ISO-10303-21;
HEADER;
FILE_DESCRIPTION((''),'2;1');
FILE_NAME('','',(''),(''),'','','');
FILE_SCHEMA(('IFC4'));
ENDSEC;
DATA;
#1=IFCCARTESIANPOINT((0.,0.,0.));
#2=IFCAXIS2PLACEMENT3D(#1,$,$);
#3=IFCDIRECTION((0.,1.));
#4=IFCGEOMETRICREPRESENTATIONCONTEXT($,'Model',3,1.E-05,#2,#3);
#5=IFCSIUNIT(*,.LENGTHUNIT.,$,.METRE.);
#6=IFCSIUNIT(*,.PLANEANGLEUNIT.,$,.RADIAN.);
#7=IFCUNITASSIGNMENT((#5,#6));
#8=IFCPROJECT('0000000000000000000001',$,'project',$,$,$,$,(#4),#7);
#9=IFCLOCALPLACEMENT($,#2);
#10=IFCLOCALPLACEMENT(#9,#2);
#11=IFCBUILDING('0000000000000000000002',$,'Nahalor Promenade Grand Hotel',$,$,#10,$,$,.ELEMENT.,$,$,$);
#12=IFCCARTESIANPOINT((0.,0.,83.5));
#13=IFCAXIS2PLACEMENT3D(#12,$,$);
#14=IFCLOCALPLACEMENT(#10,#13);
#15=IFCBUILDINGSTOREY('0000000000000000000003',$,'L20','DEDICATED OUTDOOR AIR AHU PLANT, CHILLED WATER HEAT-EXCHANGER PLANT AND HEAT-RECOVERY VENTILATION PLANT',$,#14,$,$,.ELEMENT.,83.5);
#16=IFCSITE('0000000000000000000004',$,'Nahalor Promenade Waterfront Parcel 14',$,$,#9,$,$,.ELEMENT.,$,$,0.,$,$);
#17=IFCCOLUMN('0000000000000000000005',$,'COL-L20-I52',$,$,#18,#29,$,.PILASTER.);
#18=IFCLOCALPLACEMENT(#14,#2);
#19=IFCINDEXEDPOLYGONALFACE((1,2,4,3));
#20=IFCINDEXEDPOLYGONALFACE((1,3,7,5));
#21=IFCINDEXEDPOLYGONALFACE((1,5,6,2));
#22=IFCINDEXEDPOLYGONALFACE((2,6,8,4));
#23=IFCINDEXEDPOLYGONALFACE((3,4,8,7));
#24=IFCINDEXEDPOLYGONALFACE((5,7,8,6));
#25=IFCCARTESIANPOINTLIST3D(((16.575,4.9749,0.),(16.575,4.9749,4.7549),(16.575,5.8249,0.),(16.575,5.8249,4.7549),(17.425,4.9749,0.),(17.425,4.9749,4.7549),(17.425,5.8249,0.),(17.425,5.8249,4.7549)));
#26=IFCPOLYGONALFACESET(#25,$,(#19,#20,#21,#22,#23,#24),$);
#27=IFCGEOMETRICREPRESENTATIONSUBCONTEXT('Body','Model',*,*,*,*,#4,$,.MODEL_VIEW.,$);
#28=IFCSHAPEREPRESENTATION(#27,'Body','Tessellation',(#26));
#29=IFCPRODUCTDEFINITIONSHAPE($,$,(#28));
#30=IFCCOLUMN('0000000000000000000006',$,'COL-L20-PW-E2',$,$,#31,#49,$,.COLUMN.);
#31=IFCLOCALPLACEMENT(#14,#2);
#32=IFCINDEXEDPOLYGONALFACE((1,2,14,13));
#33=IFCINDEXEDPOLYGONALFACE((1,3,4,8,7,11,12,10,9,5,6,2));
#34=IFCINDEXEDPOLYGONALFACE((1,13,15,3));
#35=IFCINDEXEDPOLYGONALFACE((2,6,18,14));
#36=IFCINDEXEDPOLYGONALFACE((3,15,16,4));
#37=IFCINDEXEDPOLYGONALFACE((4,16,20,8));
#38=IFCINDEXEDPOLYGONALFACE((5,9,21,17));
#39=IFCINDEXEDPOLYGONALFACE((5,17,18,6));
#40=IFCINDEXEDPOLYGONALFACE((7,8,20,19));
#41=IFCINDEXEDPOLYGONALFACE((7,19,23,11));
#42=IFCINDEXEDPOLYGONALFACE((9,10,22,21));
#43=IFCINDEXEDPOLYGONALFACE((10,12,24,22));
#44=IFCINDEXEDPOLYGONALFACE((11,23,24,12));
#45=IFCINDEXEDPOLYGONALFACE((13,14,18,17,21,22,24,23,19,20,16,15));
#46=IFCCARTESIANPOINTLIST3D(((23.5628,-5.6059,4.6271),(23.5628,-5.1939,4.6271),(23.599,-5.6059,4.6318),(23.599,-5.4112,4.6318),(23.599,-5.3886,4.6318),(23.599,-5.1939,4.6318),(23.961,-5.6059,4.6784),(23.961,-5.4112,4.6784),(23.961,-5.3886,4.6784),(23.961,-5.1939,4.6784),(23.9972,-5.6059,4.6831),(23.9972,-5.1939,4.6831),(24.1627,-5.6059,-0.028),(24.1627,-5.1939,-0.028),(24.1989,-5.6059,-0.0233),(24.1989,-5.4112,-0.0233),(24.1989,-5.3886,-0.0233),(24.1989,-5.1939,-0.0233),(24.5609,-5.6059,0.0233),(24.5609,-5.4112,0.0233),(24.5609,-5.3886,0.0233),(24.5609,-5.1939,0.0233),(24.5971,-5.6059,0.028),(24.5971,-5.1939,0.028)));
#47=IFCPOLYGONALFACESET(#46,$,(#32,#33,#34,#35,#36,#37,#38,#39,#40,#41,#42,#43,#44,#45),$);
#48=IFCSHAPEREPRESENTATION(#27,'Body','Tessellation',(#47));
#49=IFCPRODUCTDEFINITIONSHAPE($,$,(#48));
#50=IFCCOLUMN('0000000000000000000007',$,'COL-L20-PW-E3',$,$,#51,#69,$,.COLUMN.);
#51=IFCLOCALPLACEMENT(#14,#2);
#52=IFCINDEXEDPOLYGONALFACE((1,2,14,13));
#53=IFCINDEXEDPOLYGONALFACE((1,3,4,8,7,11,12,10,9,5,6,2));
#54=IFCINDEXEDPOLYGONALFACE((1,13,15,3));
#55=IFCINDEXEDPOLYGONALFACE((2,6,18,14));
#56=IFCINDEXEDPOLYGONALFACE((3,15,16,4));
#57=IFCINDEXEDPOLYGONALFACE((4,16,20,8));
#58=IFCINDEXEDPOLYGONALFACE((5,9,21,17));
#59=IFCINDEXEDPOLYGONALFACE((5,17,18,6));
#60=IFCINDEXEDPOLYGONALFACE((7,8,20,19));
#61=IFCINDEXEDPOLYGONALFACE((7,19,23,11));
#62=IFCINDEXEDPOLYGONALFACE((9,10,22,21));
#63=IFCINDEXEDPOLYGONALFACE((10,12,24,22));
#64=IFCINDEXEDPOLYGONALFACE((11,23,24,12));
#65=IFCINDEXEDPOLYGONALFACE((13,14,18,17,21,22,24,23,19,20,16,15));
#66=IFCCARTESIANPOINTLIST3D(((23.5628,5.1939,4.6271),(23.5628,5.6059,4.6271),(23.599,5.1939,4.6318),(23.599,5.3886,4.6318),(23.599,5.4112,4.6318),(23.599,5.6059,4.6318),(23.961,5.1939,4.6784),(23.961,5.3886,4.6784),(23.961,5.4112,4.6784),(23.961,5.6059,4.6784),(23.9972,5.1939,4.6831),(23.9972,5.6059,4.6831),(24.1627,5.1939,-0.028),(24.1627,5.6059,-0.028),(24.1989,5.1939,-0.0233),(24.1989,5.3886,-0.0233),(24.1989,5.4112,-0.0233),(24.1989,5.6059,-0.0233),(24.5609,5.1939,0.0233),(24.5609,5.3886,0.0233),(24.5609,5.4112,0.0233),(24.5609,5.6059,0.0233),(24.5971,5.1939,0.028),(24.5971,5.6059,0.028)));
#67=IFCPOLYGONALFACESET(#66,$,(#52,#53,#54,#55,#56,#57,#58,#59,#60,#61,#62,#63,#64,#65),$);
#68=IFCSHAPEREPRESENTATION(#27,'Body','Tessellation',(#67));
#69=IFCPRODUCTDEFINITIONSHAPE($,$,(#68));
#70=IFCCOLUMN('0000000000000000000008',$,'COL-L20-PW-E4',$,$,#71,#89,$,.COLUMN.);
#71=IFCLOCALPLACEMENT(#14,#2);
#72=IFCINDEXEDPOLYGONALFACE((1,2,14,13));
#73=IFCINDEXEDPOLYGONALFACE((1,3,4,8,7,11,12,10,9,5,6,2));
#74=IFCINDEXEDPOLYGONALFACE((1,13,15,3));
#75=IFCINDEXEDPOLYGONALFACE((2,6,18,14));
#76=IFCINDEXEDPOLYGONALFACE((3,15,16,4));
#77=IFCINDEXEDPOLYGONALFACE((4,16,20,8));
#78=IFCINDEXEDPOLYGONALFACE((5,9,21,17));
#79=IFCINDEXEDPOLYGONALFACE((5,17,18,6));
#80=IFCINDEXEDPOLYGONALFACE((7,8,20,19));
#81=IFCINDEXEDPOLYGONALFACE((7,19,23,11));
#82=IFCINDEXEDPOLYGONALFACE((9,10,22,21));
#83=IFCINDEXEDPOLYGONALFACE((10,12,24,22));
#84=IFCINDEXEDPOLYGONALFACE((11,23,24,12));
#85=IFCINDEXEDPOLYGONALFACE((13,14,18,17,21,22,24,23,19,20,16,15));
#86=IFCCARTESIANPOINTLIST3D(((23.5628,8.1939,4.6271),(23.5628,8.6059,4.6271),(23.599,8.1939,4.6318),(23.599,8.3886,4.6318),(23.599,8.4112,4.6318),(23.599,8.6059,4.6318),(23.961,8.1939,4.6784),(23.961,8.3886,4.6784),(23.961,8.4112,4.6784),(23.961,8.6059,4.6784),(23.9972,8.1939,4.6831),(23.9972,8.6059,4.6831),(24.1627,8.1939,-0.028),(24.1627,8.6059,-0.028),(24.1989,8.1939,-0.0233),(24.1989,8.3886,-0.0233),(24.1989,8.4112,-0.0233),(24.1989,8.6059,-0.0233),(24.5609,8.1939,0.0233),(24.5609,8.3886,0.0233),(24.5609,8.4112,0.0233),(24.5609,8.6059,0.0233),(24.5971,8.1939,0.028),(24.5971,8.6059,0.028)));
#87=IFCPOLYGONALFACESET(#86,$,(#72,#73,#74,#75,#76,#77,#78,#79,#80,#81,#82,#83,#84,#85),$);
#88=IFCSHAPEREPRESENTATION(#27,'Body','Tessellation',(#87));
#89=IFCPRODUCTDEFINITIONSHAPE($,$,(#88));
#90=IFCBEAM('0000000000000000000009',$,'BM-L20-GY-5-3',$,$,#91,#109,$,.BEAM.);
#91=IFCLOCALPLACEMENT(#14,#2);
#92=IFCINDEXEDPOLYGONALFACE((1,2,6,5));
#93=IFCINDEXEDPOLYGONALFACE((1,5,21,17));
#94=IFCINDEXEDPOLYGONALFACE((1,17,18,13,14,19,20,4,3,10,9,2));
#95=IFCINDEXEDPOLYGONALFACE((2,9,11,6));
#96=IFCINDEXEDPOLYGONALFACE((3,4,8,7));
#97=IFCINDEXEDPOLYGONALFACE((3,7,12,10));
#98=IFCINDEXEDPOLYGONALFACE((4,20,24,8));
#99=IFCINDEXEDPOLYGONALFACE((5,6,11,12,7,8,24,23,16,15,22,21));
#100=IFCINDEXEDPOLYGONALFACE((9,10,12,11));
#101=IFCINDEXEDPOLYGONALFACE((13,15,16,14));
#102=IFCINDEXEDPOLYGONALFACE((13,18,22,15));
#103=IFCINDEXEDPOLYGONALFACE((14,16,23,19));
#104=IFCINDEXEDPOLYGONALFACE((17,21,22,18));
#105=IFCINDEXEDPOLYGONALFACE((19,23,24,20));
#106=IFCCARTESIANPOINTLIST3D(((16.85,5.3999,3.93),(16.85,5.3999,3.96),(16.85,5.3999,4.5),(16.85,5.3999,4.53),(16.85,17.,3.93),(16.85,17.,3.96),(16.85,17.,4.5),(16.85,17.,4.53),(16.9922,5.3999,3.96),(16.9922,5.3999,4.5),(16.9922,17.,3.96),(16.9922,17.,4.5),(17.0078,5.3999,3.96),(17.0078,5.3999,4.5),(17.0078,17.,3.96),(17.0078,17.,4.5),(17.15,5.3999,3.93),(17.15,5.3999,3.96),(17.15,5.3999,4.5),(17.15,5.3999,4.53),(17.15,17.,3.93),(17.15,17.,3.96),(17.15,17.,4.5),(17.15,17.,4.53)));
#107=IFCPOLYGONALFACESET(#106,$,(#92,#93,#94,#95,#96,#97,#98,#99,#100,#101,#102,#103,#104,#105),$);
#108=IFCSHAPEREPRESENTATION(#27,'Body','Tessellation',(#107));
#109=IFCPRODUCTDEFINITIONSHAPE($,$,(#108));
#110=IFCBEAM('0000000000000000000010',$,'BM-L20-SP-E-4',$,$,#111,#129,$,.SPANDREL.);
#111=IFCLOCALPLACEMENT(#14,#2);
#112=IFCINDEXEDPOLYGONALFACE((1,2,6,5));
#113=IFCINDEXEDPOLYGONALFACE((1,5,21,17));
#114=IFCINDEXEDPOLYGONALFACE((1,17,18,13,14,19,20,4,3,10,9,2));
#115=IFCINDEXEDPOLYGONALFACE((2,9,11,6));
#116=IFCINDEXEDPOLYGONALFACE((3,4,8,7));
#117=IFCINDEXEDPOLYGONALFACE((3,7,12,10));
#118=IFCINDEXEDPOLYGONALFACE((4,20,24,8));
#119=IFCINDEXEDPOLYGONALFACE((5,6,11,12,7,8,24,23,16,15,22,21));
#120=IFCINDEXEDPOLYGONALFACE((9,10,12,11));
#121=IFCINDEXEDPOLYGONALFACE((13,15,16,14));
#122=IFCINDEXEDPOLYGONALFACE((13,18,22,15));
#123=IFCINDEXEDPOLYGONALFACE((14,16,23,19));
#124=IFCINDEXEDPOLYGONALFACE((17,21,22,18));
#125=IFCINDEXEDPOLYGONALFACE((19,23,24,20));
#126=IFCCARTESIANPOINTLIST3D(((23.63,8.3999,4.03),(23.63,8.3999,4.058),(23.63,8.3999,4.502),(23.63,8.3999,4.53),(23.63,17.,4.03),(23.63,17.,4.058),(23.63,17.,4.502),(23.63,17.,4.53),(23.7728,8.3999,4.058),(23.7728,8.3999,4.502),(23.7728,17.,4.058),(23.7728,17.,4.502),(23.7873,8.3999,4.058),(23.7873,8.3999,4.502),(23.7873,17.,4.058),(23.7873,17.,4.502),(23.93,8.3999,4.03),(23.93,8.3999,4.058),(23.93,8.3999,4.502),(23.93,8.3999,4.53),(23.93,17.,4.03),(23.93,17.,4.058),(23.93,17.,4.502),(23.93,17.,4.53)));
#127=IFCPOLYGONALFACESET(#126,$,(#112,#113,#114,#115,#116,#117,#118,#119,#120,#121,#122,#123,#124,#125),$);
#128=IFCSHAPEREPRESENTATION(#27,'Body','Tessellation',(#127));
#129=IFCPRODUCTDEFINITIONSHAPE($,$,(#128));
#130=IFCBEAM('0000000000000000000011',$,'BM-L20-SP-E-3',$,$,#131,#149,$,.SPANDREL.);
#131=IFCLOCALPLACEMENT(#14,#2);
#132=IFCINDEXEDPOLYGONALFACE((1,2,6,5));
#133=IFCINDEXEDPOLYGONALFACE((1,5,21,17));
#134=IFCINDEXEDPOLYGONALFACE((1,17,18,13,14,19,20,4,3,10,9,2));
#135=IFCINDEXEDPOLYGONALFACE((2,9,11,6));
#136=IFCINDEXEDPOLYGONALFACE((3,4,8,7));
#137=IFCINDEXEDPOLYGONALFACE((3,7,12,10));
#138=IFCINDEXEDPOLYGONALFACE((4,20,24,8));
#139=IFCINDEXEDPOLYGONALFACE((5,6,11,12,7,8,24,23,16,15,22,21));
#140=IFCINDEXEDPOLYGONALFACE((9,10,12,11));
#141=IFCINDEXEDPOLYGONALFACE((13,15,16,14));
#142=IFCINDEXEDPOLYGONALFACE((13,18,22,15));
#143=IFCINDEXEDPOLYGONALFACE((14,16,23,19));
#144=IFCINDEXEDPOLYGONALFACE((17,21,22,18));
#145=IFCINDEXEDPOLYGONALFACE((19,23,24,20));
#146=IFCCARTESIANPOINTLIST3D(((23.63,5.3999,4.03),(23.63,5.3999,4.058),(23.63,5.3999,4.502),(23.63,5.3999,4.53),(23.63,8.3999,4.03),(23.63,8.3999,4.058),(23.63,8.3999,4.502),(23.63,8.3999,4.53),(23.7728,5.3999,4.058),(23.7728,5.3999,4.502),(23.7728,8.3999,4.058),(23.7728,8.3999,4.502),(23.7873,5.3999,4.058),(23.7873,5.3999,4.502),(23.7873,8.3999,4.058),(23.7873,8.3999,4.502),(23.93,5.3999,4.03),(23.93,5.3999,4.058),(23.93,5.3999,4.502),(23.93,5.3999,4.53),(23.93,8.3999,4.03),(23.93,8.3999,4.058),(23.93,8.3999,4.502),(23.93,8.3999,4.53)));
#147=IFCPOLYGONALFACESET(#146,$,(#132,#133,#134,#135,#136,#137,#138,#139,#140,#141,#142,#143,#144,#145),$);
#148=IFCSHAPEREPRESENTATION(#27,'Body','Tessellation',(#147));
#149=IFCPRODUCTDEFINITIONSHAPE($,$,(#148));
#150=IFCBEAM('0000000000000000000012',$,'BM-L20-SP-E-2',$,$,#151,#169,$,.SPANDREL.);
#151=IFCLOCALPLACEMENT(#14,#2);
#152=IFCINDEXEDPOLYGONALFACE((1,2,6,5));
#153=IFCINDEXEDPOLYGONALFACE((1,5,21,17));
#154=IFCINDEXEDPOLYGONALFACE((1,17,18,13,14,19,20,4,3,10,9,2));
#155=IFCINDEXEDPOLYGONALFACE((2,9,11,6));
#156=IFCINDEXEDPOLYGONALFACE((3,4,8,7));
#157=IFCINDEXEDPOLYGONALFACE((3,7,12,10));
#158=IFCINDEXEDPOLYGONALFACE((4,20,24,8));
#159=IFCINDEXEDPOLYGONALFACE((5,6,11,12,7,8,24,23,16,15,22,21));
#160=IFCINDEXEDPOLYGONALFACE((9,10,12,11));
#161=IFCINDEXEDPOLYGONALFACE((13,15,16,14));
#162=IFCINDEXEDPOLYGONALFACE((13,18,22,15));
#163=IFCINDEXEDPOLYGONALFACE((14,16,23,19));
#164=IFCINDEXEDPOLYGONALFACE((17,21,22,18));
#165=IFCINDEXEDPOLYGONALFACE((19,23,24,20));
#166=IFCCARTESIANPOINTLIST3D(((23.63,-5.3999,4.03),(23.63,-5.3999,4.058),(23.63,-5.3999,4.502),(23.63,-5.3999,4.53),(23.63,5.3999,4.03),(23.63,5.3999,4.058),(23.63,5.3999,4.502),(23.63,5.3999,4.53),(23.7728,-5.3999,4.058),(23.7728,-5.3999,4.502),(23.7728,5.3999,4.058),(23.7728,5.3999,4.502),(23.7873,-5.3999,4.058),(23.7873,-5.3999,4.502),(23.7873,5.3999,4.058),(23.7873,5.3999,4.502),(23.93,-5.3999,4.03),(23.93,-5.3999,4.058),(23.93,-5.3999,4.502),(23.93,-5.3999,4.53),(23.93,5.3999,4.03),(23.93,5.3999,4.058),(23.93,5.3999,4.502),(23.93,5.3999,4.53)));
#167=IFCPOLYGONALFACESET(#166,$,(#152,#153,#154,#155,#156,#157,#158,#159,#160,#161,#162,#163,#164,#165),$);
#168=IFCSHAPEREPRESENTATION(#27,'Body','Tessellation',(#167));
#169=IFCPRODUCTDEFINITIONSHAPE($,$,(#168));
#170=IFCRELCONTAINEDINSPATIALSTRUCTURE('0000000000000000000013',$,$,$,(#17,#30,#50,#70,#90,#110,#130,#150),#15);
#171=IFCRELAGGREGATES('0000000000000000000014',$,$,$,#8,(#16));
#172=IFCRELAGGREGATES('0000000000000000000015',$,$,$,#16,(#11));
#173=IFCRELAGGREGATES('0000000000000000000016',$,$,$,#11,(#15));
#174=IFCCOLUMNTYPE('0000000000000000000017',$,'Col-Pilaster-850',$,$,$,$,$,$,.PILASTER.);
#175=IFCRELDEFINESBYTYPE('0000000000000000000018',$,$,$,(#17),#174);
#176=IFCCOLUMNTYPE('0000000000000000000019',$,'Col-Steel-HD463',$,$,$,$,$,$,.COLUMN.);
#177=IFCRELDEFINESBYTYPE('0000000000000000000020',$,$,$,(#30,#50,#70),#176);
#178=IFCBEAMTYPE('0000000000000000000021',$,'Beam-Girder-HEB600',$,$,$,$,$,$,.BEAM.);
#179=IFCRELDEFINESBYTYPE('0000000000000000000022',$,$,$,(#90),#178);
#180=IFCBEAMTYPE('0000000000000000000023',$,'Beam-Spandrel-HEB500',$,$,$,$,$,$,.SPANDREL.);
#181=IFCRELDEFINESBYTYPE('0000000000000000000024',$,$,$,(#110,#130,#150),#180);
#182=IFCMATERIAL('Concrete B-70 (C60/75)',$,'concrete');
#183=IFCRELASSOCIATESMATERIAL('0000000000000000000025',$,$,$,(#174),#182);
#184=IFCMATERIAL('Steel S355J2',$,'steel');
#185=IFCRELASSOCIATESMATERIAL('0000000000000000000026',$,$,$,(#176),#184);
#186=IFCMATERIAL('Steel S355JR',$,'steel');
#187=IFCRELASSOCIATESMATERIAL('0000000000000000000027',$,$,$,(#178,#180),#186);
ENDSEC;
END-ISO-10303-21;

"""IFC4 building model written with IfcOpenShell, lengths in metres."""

from ifc_helpers import new_model, si_unit, direction, frame, origin, origin_2d, place, context, subcontext, project, spatial, rectangle, i_section, extrude, source, transform, mapped, material, material_profile, profile_set, type_object, element, save


model = new_model("IFC4")

# Units and contexts
model_context = context("Model", 3, precision=1e-05, world=origin(), true_north=direction((0.0, 1.0)))
body_context = subcontext(model_context, "Body", "Model", "MODEL_VIEW")
ifc_project = project(units=[si_unit("LENGTHUNIT", "METRE"), si_unit("PLANEANGLEUNIT", "RADIAN")], contexts=[model_context])

# Site, building, storey
site_placement = place(None, origin())
site = spatial("IfcSite", under=ifc_project, at=site_placement, Name="Nahalor Promenade Waterfront Parcel 14", CompositionType="ELEMENT", RefElevation=0.0)
building_placement = place(site_placement, origin())
building = spatial("IfcBuilding", under=site, at=building_placement, Name="Nahalor Promenade Grand Hotel", CompositionType="ELEMENT")
storey_placement = place(building_placement, frame((0.0, 0.0, 83.5)))
storey = spatial("IfcBuildingStorey", under=building, at=storey_placement, Name="L20", Description="DEDICATED OUTDOOR AIR AHU PLANT, CHILLED WATER HEAT-EXCHANGER PLANT AND HEAT-RECOVERY VENTILATION PLANT", CompositionType="ELEMENT", Elevation=83.5)

# Columns
ifc_material_1 = material(Name="Concrete B-70 (C60/75)", Category="concrete")
ifc_material_profile_1 = material_profile(ifc_material_1, rectangle(XDim=0.85, YDim=0.85, at=origin_2d()), Name="RC 850x850")
ifc_profile_set_1 = profile_set([ifc_material_profile_1], Name="Concrete B-70 (C60/75)")
column_type_1 = type_object("IfcColumnType", Name="Col-Pilaster-850", PredefinedType="PILASTER", material=ifc_profile_set_1)
shared_shape_1 = source(origin(), body_context, "Body", "SweptSolid", [
    extrude(rectangle(XDim=0.85, YDim=0.85, at=origin_2d()), origin(), (0.0, 0.0, 1.0), 4.7549),
])
column_placement = place(storey_placement, frame((17.0, 5.3999, 0.0), z_axis=(0.0, 0.0, 1.0), x_axis=(1.0, 0.0, 0.0)))
element("IfcColumn", 1, at=column_placement, inside=storey, type_object=column_type_1, Name="COL-L20-I52", PredefinedType="PILASTER", context=body_context, shape_type="MappedRepresentation", body=[
    mapped(shared_shape_1, transform((0.0, 0.0, 0.0), scale=1.0)),
])
ifc_material_2 = material(Name="Steel S355J2", Category="steel")
ifc_material_profile_2 = material_profile(ifc_material_2, i_section(OverallWidth=0.412, OverallDepth=0.438, WebThickness=0.0226, FlangeThickness=0.0365, at=origin_2d()), Name="HD 400x463")
ifc_profile_set_2 = profile_set([ifc_material_profile_2], Name="Steel S355J2")
column_type_2 = type_object("IfcColumnType", Name="Col-Steel-HD463", PredefinedType="COLUMN", material=ifc_profile_set_2)
shared_shape_2 = source(origin(), body_context, "Body", "SweptSolid", [
    extrude(i_section(OverallWidth=0.412, OverallDepth=0.438, WebThickness=0.0226, FlangeThickness=0.0365, at=origin_2d()), origin(), (0.0, 0.0, 1.0), 4.6936),
])
for number, where, z_axis, x_axis, name in (
    (2, (24.3799, -5.3999, 0.0), (-0.127805, 0.0, 0.991799), (0.0, -1.0, 0.0), "COL-L20-PW-E2"),
    (3, (24.3799, 5.3999, 0.0), (-0.127805, 0.0, 0.991799), (0.0, -1.0, 0.0), "COL-L20-PW-E3"),
    (4, (24.3799, 8.3999, 0.0), (-0.127805, 0.0, 0.991799), (0.0, -1.0, 0.0), "COL-L20-PW-E4"),
):
    element("IfcColumn", number, at=place(storey_placement, frame(where, z_axis=z_axis, x_axis=x_axis)), inside=storey, type_object=column_type_2, Name=name, PredefinedType="COLUMN", context=body_context, shape_type="MappedRepresentation", body=[
        mapped(shared_shape_2, transform((0.0, 0.0, 0.0), scale=1.0)),
    ])

# Beams
ifc_material_3 = material(Name="Steel S355JR", Category="steel")
ifc_material_profile_3 = material_profile(ifc_material_3, i_section(OverallWidth=0.3, OverallDepth=0.6, WebThickness=0.0155, FlangeThickness=0.03, at=origin_2d()), Name="HEB 600")
ifc_profile_set_3 = profile_set([ifc_material_profile_3], Name="Steel S355JR")
beam_type_1 = type_object("IfcBeamType", Name="Beam-Girder-HEB600", PredefinedType="BEAM", material=ifc_profile_set_3)
shared_shape_3 = source(origin(), body_context, "Body", "SweptSolid", [
    extrude(i_section(OverallWidth=0.3, OverallDepth=0.6, WebThickness=0.0155, FlangeThickness=0.03, at=origin_2d()), origin(), (0.0, 0.0, 1.0), 11.6001),
])
beam_1_placement = place(storey_placement, frame((17.0, 5.3999, 4.23), z_axis=(0.0, 1.0, 0.0), x_axis=(-1.0, 0.0, 0.0)))
element("IfcBeam", 5, at=beam_1_placement, inside=storey, type_object=beam_type_1, Name="BM-L20-GY-5-3", PredefinedType="BEAM", context=body_context, shape_type="MappedRepresentation", body=[
    mapped(shared_shape_3, transform((0.0, 0.0, 0.0), scale=1.0)),
])
ifc_material_profile_4 = material_profile(ifc_material_3, i_section(OverallWidth=0.3, OverallDepth=0.5, WebThickness=0.0145, FlangeThickness=0.028, at=origin_2d()), Name="HEB 500")
ifc_profile_set_4 = profile_set([ifc_material_profile_4], Name="Steel S355JR")
beam_type_2 = type_object("IfcBeamType", Name="Beam-Spandrel-HEB500", PredefinedType="SPANDREL", material=ifc_profile_set_4)
shared_shape_4 = source(origin(), body_context, "Body", "SweptSolid", [
    extrude(i_section(OverallWidth=0.3, OverallDepth=0.5, WebThickness=0.0145, FlangeThickness=0.028, at=origin_2d()), origin(), (0.0, 0.0, 1.0), 8.6001),
])
beam_2_placement = place(storey_placement, frame((23.78, 8.3999, 4.28), z_axis=(0.0, 1.0, 0.0), x_axis=(-1.0, 0.0, 0.0)))
element("IfcBeam", 6, at=beam_2_placement, inside=storey, type_object=beam_type_2, Name="BM-L20-SP-E-4", PredefinedType="SPANDREL", context=body_context, shape_type="MappedRepresentation", body=[
    mapped(shared_shape_4, transform((0.0, 0.0, 0.0), scale=1.0)),
])
shared_shape_5 = source(origin(), body_context, "Body", "SweptSolid", [
    extrude(i_section(OverallWidth=0.3, OverallDepth=0.5, WebThickness=0.0145, FlangeThickness=0.028, at=origin_2d()), origin(), (0.0, 0.0, 1.0), 3.0),
])
beam_3_placement = place(storey_placement, frame((23.78, 5.3999, 4.28), z_axis=(0.0, 1.0, 0.0), x_axis=(-1.0, 0.0, 0.0)))
element("IfcBeam", 7, at=beam_3_placement, inside=storey, type_object=beam_type_2, Name="BM-L20-SP-E-3", PredefinedType="SPANDREL", context=body_context, shape_type="MappedRepresentation", body=[
    mapped(shared_shape_5, transform((0.0, 0.0, 0.0), scale=1.0)),
])
shared_shape_6 = source(origin(), body_context, "Body", "SweptSolid", [
    extrude(i_section(OverallWidth=0.3, OverallDepth=0.5, WebThickness=0.0145, FlangeThickness=0.028, at=origin_2d()), origin(), (0.0, 0.0, 1.0), 10.7998),
])
beam_4_placement = place(storey_placement, frame((23.78, -5.3999, 4.28), z_axis=(0.0, 1.0, 0.0), x_axis=(-1.0, 0.0, 0.0)))
element("IfcBeam", 8, at=beam_4_placement, inside=storey, type_object=beam_type_2, Name="BM-L20-SP-E-2", PredefinedType="SPANDREL", context=body_context, shape_type="MappedRepresentation", body=[
    mapped(shared_shape_6, transform((0.0, 0.0, 0.0), scale=1.0)),
])

save(model, "model.ifc")
